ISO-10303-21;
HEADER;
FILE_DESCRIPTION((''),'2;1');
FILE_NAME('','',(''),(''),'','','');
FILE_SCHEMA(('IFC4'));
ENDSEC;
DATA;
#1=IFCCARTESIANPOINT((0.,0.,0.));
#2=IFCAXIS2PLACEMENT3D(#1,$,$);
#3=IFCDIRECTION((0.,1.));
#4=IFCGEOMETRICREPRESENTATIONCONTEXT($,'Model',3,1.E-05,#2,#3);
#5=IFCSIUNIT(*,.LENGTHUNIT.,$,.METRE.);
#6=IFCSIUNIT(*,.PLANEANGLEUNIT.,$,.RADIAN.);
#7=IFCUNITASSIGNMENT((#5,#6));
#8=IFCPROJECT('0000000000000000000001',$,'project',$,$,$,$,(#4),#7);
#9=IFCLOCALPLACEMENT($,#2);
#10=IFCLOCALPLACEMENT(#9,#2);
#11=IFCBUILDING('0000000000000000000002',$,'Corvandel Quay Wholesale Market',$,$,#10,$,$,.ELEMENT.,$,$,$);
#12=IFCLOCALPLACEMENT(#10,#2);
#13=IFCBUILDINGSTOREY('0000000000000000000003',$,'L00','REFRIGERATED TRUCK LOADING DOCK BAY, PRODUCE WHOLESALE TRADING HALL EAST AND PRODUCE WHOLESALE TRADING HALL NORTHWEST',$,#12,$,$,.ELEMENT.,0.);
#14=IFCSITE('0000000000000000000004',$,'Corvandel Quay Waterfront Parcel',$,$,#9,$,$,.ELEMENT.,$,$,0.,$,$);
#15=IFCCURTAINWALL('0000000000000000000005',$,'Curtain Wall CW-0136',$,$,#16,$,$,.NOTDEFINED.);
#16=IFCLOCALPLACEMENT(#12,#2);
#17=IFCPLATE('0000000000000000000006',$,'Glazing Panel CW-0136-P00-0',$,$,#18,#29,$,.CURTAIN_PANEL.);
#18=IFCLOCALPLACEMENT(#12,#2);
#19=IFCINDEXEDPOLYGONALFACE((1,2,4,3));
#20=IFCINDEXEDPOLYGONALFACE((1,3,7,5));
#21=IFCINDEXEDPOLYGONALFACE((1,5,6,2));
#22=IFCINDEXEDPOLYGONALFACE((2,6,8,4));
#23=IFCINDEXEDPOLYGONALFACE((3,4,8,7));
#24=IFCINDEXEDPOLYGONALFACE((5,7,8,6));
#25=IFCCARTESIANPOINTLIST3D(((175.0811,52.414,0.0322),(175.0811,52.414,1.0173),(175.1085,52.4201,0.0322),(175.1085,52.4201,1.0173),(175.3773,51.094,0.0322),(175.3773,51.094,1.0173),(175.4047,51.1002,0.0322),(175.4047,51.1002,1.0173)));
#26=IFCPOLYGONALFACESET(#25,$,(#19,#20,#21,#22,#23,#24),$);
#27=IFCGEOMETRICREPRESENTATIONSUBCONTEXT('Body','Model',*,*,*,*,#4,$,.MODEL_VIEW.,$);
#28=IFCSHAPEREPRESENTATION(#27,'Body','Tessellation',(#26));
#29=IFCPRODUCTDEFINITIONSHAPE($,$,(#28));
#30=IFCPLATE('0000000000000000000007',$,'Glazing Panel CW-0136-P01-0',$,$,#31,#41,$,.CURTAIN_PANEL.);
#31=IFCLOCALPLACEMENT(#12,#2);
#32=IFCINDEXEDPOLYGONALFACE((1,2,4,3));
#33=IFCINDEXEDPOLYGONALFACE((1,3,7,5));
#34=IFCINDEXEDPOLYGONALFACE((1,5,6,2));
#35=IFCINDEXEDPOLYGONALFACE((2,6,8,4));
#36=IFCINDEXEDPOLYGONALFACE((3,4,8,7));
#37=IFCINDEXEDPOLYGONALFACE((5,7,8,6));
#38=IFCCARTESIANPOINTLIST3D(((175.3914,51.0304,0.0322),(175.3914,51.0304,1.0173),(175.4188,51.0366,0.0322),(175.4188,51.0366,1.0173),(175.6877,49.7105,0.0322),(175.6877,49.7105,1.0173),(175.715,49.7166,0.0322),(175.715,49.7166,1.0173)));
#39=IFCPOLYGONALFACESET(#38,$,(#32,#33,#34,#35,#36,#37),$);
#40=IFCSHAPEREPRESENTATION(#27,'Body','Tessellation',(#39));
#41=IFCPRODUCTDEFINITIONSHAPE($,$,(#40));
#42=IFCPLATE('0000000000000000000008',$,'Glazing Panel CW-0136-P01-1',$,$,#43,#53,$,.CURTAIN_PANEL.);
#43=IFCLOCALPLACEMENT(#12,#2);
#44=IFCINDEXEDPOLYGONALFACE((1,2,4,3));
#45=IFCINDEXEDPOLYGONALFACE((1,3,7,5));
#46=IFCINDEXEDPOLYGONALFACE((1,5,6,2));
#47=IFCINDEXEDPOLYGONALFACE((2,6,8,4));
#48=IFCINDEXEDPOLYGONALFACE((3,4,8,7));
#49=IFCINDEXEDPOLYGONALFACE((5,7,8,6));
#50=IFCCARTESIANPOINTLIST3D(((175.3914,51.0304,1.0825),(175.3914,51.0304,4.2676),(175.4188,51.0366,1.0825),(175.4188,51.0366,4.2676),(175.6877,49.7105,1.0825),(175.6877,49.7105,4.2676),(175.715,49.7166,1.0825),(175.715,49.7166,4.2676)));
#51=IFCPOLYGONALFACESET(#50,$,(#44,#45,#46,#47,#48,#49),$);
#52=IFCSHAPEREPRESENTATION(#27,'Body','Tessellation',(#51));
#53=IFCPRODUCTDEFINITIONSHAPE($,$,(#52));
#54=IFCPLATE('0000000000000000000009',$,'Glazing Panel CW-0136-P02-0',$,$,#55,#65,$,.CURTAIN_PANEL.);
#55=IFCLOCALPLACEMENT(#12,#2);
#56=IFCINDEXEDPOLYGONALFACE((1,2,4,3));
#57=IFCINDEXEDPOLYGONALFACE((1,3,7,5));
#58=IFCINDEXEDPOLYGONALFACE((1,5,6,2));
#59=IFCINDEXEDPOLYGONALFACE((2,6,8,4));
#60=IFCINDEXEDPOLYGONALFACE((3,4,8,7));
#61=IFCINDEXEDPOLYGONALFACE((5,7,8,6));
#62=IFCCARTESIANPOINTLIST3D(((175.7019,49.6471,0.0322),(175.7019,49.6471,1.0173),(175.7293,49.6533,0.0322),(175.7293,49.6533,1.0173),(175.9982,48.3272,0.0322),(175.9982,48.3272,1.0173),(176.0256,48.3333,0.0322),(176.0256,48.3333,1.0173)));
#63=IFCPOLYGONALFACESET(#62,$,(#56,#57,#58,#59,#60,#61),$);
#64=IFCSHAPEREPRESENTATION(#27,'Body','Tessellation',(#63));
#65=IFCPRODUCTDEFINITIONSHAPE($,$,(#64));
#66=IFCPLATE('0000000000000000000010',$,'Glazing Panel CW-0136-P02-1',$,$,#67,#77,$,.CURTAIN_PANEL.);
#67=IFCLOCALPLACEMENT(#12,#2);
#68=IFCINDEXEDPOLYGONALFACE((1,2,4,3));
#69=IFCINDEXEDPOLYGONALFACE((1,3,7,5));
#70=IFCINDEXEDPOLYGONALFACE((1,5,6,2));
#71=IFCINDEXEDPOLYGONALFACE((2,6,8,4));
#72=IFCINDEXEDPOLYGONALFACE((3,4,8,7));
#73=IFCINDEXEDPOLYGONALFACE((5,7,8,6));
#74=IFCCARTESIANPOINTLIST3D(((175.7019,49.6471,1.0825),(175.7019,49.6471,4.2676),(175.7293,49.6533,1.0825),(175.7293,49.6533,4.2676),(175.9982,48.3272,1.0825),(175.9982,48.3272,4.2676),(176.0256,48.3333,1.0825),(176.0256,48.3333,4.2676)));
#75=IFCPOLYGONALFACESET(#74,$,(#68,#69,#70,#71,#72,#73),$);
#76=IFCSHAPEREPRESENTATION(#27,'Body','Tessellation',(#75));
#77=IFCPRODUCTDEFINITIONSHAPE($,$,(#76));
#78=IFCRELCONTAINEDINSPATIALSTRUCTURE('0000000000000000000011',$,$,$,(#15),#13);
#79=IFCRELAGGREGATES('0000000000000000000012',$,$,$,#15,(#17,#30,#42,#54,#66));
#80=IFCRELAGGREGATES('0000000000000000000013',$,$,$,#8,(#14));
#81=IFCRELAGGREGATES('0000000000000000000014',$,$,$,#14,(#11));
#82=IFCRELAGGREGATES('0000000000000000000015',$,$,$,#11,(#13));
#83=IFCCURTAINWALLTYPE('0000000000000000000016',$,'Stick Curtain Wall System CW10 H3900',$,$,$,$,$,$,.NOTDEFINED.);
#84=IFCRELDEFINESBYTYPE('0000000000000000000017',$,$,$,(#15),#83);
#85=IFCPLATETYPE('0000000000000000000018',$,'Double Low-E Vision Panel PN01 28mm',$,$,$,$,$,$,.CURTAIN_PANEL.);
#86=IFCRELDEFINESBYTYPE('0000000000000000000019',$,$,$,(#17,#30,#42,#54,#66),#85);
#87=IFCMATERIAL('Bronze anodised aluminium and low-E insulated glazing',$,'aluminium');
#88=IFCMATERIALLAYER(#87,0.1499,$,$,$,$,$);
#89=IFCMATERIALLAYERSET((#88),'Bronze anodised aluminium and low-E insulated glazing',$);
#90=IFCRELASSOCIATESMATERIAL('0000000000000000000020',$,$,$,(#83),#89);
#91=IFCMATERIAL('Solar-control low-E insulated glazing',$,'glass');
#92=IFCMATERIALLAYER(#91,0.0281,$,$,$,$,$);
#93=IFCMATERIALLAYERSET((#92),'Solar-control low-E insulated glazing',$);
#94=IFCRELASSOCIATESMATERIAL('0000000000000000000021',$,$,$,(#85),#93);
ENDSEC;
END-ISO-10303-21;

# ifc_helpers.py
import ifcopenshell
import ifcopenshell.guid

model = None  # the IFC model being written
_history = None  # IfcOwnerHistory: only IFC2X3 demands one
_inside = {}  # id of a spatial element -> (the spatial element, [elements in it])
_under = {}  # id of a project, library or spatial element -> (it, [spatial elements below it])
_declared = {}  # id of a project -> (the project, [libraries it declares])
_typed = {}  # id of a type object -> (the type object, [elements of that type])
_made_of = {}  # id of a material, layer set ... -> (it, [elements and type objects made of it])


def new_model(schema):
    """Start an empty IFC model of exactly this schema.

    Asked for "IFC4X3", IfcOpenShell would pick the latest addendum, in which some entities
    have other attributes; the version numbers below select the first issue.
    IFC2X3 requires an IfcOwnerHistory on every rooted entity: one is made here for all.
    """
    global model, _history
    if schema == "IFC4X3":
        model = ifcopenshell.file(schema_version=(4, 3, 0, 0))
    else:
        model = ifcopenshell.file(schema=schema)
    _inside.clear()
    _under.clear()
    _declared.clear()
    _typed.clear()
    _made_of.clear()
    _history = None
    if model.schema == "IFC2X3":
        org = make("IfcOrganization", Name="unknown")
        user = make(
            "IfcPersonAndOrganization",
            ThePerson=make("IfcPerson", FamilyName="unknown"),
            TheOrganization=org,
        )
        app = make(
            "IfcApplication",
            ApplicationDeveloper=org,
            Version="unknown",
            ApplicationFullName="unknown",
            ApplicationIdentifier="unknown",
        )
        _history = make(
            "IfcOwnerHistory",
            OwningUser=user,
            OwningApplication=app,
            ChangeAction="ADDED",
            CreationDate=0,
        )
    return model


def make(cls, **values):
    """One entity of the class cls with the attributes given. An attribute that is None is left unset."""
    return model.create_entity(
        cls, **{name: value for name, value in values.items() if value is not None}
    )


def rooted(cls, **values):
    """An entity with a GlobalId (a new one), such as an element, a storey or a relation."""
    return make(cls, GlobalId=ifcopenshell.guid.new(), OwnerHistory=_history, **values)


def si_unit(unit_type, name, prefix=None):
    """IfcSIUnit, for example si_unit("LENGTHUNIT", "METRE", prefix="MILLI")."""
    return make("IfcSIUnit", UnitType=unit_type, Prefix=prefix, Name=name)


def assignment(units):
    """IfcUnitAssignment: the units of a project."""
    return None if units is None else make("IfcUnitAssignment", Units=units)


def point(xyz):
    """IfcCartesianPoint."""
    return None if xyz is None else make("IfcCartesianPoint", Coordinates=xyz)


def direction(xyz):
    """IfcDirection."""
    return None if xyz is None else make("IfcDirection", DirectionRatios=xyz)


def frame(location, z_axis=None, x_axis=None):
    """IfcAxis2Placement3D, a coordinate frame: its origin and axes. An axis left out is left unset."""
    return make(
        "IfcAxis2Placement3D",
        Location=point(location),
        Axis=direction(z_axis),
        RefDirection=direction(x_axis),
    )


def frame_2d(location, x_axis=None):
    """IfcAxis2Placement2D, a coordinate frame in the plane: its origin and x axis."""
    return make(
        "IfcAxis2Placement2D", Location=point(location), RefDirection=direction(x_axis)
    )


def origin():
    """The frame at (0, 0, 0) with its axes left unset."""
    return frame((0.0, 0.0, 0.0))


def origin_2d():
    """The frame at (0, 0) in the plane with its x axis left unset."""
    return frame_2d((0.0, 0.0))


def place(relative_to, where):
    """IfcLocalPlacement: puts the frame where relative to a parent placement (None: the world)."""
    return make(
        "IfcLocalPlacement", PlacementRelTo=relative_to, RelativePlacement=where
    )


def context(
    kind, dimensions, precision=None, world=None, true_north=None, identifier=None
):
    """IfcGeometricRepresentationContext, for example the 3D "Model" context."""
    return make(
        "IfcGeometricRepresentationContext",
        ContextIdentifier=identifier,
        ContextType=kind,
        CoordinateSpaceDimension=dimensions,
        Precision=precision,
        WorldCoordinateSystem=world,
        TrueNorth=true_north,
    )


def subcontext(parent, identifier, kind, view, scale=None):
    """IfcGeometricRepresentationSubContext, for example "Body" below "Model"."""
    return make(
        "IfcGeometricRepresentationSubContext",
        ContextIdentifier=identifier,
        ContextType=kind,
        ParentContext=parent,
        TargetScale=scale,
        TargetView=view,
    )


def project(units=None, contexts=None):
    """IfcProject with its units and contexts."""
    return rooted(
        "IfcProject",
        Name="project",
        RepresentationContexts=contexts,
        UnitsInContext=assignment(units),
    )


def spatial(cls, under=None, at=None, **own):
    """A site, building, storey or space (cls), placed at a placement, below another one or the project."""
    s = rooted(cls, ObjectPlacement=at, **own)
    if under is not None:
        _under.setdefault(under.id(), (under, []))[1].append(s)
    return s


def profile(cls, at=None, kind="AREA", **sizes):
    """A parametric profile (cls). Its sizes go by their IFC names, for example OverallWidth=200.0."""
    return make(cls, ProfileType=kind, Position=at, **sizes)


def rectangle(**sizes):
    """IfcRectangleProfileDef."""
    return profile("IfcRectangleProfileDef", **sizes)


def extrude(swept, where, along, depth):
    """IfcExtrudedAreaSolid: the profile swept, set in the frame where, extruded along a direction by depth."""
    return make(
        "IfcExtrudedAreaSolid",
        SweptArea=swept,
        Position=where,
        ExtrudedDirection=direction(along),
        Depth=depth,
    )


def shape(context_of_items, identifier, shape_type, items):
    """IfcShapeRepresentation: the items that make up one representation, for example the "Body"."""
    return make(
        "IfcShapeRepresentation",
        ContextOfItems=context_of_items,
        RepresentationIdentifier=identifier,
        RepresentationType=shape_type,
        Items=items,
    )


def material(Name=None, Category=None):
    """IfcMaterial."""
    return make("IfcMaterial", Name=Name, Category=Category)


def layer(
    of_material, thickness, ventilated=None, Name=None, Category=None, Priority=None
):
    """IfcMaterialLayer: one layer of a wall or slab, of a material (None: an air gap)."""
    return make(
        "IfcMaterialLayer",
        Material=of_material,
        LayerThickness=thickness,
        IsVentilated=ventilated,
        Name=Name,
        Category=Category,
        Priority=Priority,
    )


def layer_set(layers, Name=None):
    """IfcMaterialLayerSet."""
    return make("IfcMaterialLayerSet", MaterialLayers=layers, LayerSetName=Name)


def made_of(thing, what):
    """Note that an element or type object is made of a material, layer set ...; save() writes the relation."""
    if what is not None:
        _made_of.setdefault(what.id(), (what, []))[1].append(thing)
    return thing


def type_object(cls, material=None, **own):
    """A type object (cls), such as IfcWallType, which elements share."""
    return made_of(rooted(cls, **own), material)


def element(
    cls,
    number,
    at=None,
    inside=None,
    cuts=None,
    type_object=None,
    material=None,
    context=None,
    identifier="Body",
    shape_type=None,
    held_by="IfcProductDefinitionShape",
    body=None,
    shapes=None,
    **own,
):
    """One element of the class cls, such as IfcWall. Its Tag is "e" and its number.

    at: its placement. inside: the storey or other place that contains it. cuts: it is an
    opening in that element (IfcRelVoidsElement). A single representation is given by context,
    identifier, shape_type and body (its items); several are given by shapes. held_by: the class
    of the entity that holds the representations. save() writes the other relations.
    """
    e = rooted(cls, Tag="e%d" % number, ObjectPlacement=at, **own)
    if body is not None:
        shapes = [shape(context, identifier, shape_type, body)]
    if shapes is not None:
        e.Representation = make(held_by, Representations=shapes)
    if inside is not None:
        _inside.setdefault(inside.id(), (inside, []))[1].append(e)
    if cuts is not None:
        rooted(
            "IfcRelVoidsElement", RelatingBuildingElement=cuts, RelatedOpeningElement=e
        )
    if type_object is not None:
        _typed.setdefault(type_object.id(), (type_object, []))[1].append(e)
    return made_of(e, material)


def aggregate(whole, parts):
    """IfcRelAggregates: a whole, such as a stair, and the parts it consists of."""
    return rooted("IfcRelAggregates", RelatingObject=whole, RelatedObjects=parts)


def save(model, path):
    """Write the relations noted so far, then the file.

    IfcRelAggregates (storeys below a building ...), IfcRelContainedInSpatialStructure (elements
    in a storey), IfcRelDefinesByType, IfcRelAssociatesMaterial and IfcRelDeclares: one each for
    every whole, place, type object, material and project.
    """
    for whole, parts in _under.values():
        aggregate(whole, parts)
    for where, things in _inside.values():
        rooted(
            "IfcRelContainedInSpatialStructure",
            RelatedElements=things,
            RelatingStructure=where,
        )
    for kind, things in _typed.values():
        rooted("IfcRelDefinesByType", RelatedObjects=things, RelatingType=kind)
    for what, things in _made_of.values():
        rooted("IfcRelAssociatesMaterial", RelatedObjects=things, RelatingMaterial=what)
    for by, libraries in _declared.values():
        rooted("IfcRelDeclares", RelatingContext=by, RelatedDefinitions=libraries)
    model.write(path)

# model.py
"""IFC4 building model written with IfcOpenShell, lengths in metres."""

from ifc_helpers import new_model, si_unit, direction, frame, origin, origin_2d, place, context, subcontext, project, spatial, rectangle, extrude, material, layer, layer_set, type_object, element, aggregate, save


model = new_model("IFC4")

# Units and contexts
model_context = context("Model", 3, precision=1e-05, world=origin(), true_north=direction((0.0, 1.0)))
body_context = subcontext(model_context, "Body", "Model", "MODEL_VIEW")
ifc_project = project(units=[si_unit("LENGTHUNIT", "METRE"), si_unit("PLANEANGLEUNIT", "RADIAN")], contexts=[model_context])

# Site, building, storey
site_placement = place(None, origin())
site = spatial("IfcSite", under=ifc_project, at=site_placement, Name="Corvandel Quay Waterfront Parcel", CompositionType="ELEMENT", RefElevation=0.0)
building_placement = place(site_placement, origin())
building = spatial("IfcBuilding", under=site, at=building_placement, Name="Corvandel Quay Wholesale Market", CompositionType="ELEMENT")
storey_placement = place(building_placement, origin())
storey = spatial("IfcBuildingStorey", under=building, at=storey_placement, Name="L00", Description="REFRIGERATED TRUCK LOADING DOCK BAY, PRODUCE WHOLESALE TRADING HALL EAST AND PRODUCE WHOLESALE TRADING HALL NORTHWEST", CompositionType="ELEMENT", Elevation=0.0)

# Curtain wall, plates
ifc_material_1 = material(Name="Bronze anodised aluminium and low-E insulated glazing", Category="aluminium")
ifc_layer_1 = layer(ifc_material_1, 0.1499)
ifc_layer_set_1 = layer_set([ifc_layer_1], Name="Bronze anodised aluminium and low-E insulated glazing")
curtain_wall_type = type_object("IfcCurtainWallType", Name="Stick Curtain Wall System CW10 H3900", PredefinedType="NOTDEFINED", material=ifc_layer_set_1)
curtain_wall_placement = place(storey_placement, origin())
curtain_wall = element("IfcCurtainWall", 1, at=curtain_wall_placement, inside=storey, type_object=curtain_wall_type, Name="Curtain Wall CW-0136", PredefinedType="NOTDEFINED")
ifc_material_2 = material(Name="Solar-control low-E insulated glazing", Category="glass")
ifc_layer_2 = layer(ifc_material_2, 0.0281)
ifc_layer_set_2 = layer_set([ifc_layer_2], Name="Solar-control low-E insulated glazing")
plate_type_1 = type_object("IfcPlateType", Name="Double Low-E Vision Panel PN01 28mm", PredefinedType="CURTAIN_PANEL", material=ifc_layer_set_2)
plate_1_placement = place(storey_placement, frame((175.2429, 51.7571, 0.0322), z_axis=(0.0, 0.0, 1.0), x_axis=(-0.218995, 0.975726, 0.0)))
plate_1 = element("IfcPlate", 2, at=plate_1_placement, type_object=plate_type_1, Name="Glazing Panel CW-0136-P00-0", PredefinedType="CURTAIN_PANEL", context=body_context, shape_type="SweptSolid", body=[
    extrude(rectangle(XDim=1.3528, YDim=0.0281, at=origin_2d()), origin(), (0.0, 0.0, 1.0), 0.9851),
])
plate_2_placement = place(storey_placement, frame((175.5532, 50.3735, 0.0322), z_axis=(0.0, 0.0, 1.0), x_axis=(-0.218995, 0.975726, 0.0)))
plate_2 = element("IfcPlate", 3, at=plate_2_placement, type_object=plate_type_1, Name="Glazing Panel CW-0136-P01-0", PredefinedType="CURTAIN_PANEL", context=body_context, shape_type="SweptSolid", body=[
    extrude(rectangle(XDim=1.3528, YDim=0.0281, at=origin_2d()), origin(), (0.0, 0.0, 1.0), 0.9851),
])
plate_3_placement = place(storey_placement, frame((175.5532, 50.3735, 1.0825), z_axis=(0.0, 0.0, 1.0), x_axis=(-0.218995, 0.975726, 0.0)))
plate_3 = element("IfcPlate", 4, at=plate_3_placement, type_object=plate_type_1, Name="Glazing Panel CW-0136-P01-1", PredefinedType="CURTAIN_PANEL", context=body_context, shape_type="SweptSolid", body=[
    extrude(rectangle(XDim=1.3528, YDim=0.0281, at=origin_2d()), origin(), (0.0, 0.0, 1.0), 3.1851),
])
plate_4_placement = place(storey_placement, frame((175.8638, 48.9902, 0.0322), z_axis=(0.0, 0.0, 1.0), x_axis=(-0.218995, 0.975726, 0.0)))
plate_4 = element("IfcPlate", 5, at=plate_4_placement, type_object=plate_type_1, Name="Glazing Panel CW-0136-P02-0", PredefinedType="CURTAIN_PANEL", context=body_context, shape_type="SweptSolid", body=[
    extrude(rectangle(XDim=1.3528, YDim=0.0281, at=origin_2d()), origin(), (0.0, 0.0, 1.0), 0.9851),
])
plate_5_placement = place(storey_placement, frame((175.8638, 48.9902, 1.0825), z_axis=(0.0, 0.0, 1.0), x_axis=(-0.218995, 0.975726, 0.0)))
plate_5 = element("IfcPlate", 6, at=plate_5_placement, type_object=plate_type_1, Name="Glazing Panel CW-0136-P02-1", PredefinedType="CURTAIN_PANEL", context=body_context, shape_type="SweptSolid", body=[
    extrude(rectangle(XDim=1.3528, YDim=0.0281, at=origin_2d()), origin(), (0.0, 0.0, 1.0), 3.1851),
])
aggregate(curtain_wall, [plate_1, plate_2, plate_3, plate_4, plate_5])

save(model, "model.ifc")
